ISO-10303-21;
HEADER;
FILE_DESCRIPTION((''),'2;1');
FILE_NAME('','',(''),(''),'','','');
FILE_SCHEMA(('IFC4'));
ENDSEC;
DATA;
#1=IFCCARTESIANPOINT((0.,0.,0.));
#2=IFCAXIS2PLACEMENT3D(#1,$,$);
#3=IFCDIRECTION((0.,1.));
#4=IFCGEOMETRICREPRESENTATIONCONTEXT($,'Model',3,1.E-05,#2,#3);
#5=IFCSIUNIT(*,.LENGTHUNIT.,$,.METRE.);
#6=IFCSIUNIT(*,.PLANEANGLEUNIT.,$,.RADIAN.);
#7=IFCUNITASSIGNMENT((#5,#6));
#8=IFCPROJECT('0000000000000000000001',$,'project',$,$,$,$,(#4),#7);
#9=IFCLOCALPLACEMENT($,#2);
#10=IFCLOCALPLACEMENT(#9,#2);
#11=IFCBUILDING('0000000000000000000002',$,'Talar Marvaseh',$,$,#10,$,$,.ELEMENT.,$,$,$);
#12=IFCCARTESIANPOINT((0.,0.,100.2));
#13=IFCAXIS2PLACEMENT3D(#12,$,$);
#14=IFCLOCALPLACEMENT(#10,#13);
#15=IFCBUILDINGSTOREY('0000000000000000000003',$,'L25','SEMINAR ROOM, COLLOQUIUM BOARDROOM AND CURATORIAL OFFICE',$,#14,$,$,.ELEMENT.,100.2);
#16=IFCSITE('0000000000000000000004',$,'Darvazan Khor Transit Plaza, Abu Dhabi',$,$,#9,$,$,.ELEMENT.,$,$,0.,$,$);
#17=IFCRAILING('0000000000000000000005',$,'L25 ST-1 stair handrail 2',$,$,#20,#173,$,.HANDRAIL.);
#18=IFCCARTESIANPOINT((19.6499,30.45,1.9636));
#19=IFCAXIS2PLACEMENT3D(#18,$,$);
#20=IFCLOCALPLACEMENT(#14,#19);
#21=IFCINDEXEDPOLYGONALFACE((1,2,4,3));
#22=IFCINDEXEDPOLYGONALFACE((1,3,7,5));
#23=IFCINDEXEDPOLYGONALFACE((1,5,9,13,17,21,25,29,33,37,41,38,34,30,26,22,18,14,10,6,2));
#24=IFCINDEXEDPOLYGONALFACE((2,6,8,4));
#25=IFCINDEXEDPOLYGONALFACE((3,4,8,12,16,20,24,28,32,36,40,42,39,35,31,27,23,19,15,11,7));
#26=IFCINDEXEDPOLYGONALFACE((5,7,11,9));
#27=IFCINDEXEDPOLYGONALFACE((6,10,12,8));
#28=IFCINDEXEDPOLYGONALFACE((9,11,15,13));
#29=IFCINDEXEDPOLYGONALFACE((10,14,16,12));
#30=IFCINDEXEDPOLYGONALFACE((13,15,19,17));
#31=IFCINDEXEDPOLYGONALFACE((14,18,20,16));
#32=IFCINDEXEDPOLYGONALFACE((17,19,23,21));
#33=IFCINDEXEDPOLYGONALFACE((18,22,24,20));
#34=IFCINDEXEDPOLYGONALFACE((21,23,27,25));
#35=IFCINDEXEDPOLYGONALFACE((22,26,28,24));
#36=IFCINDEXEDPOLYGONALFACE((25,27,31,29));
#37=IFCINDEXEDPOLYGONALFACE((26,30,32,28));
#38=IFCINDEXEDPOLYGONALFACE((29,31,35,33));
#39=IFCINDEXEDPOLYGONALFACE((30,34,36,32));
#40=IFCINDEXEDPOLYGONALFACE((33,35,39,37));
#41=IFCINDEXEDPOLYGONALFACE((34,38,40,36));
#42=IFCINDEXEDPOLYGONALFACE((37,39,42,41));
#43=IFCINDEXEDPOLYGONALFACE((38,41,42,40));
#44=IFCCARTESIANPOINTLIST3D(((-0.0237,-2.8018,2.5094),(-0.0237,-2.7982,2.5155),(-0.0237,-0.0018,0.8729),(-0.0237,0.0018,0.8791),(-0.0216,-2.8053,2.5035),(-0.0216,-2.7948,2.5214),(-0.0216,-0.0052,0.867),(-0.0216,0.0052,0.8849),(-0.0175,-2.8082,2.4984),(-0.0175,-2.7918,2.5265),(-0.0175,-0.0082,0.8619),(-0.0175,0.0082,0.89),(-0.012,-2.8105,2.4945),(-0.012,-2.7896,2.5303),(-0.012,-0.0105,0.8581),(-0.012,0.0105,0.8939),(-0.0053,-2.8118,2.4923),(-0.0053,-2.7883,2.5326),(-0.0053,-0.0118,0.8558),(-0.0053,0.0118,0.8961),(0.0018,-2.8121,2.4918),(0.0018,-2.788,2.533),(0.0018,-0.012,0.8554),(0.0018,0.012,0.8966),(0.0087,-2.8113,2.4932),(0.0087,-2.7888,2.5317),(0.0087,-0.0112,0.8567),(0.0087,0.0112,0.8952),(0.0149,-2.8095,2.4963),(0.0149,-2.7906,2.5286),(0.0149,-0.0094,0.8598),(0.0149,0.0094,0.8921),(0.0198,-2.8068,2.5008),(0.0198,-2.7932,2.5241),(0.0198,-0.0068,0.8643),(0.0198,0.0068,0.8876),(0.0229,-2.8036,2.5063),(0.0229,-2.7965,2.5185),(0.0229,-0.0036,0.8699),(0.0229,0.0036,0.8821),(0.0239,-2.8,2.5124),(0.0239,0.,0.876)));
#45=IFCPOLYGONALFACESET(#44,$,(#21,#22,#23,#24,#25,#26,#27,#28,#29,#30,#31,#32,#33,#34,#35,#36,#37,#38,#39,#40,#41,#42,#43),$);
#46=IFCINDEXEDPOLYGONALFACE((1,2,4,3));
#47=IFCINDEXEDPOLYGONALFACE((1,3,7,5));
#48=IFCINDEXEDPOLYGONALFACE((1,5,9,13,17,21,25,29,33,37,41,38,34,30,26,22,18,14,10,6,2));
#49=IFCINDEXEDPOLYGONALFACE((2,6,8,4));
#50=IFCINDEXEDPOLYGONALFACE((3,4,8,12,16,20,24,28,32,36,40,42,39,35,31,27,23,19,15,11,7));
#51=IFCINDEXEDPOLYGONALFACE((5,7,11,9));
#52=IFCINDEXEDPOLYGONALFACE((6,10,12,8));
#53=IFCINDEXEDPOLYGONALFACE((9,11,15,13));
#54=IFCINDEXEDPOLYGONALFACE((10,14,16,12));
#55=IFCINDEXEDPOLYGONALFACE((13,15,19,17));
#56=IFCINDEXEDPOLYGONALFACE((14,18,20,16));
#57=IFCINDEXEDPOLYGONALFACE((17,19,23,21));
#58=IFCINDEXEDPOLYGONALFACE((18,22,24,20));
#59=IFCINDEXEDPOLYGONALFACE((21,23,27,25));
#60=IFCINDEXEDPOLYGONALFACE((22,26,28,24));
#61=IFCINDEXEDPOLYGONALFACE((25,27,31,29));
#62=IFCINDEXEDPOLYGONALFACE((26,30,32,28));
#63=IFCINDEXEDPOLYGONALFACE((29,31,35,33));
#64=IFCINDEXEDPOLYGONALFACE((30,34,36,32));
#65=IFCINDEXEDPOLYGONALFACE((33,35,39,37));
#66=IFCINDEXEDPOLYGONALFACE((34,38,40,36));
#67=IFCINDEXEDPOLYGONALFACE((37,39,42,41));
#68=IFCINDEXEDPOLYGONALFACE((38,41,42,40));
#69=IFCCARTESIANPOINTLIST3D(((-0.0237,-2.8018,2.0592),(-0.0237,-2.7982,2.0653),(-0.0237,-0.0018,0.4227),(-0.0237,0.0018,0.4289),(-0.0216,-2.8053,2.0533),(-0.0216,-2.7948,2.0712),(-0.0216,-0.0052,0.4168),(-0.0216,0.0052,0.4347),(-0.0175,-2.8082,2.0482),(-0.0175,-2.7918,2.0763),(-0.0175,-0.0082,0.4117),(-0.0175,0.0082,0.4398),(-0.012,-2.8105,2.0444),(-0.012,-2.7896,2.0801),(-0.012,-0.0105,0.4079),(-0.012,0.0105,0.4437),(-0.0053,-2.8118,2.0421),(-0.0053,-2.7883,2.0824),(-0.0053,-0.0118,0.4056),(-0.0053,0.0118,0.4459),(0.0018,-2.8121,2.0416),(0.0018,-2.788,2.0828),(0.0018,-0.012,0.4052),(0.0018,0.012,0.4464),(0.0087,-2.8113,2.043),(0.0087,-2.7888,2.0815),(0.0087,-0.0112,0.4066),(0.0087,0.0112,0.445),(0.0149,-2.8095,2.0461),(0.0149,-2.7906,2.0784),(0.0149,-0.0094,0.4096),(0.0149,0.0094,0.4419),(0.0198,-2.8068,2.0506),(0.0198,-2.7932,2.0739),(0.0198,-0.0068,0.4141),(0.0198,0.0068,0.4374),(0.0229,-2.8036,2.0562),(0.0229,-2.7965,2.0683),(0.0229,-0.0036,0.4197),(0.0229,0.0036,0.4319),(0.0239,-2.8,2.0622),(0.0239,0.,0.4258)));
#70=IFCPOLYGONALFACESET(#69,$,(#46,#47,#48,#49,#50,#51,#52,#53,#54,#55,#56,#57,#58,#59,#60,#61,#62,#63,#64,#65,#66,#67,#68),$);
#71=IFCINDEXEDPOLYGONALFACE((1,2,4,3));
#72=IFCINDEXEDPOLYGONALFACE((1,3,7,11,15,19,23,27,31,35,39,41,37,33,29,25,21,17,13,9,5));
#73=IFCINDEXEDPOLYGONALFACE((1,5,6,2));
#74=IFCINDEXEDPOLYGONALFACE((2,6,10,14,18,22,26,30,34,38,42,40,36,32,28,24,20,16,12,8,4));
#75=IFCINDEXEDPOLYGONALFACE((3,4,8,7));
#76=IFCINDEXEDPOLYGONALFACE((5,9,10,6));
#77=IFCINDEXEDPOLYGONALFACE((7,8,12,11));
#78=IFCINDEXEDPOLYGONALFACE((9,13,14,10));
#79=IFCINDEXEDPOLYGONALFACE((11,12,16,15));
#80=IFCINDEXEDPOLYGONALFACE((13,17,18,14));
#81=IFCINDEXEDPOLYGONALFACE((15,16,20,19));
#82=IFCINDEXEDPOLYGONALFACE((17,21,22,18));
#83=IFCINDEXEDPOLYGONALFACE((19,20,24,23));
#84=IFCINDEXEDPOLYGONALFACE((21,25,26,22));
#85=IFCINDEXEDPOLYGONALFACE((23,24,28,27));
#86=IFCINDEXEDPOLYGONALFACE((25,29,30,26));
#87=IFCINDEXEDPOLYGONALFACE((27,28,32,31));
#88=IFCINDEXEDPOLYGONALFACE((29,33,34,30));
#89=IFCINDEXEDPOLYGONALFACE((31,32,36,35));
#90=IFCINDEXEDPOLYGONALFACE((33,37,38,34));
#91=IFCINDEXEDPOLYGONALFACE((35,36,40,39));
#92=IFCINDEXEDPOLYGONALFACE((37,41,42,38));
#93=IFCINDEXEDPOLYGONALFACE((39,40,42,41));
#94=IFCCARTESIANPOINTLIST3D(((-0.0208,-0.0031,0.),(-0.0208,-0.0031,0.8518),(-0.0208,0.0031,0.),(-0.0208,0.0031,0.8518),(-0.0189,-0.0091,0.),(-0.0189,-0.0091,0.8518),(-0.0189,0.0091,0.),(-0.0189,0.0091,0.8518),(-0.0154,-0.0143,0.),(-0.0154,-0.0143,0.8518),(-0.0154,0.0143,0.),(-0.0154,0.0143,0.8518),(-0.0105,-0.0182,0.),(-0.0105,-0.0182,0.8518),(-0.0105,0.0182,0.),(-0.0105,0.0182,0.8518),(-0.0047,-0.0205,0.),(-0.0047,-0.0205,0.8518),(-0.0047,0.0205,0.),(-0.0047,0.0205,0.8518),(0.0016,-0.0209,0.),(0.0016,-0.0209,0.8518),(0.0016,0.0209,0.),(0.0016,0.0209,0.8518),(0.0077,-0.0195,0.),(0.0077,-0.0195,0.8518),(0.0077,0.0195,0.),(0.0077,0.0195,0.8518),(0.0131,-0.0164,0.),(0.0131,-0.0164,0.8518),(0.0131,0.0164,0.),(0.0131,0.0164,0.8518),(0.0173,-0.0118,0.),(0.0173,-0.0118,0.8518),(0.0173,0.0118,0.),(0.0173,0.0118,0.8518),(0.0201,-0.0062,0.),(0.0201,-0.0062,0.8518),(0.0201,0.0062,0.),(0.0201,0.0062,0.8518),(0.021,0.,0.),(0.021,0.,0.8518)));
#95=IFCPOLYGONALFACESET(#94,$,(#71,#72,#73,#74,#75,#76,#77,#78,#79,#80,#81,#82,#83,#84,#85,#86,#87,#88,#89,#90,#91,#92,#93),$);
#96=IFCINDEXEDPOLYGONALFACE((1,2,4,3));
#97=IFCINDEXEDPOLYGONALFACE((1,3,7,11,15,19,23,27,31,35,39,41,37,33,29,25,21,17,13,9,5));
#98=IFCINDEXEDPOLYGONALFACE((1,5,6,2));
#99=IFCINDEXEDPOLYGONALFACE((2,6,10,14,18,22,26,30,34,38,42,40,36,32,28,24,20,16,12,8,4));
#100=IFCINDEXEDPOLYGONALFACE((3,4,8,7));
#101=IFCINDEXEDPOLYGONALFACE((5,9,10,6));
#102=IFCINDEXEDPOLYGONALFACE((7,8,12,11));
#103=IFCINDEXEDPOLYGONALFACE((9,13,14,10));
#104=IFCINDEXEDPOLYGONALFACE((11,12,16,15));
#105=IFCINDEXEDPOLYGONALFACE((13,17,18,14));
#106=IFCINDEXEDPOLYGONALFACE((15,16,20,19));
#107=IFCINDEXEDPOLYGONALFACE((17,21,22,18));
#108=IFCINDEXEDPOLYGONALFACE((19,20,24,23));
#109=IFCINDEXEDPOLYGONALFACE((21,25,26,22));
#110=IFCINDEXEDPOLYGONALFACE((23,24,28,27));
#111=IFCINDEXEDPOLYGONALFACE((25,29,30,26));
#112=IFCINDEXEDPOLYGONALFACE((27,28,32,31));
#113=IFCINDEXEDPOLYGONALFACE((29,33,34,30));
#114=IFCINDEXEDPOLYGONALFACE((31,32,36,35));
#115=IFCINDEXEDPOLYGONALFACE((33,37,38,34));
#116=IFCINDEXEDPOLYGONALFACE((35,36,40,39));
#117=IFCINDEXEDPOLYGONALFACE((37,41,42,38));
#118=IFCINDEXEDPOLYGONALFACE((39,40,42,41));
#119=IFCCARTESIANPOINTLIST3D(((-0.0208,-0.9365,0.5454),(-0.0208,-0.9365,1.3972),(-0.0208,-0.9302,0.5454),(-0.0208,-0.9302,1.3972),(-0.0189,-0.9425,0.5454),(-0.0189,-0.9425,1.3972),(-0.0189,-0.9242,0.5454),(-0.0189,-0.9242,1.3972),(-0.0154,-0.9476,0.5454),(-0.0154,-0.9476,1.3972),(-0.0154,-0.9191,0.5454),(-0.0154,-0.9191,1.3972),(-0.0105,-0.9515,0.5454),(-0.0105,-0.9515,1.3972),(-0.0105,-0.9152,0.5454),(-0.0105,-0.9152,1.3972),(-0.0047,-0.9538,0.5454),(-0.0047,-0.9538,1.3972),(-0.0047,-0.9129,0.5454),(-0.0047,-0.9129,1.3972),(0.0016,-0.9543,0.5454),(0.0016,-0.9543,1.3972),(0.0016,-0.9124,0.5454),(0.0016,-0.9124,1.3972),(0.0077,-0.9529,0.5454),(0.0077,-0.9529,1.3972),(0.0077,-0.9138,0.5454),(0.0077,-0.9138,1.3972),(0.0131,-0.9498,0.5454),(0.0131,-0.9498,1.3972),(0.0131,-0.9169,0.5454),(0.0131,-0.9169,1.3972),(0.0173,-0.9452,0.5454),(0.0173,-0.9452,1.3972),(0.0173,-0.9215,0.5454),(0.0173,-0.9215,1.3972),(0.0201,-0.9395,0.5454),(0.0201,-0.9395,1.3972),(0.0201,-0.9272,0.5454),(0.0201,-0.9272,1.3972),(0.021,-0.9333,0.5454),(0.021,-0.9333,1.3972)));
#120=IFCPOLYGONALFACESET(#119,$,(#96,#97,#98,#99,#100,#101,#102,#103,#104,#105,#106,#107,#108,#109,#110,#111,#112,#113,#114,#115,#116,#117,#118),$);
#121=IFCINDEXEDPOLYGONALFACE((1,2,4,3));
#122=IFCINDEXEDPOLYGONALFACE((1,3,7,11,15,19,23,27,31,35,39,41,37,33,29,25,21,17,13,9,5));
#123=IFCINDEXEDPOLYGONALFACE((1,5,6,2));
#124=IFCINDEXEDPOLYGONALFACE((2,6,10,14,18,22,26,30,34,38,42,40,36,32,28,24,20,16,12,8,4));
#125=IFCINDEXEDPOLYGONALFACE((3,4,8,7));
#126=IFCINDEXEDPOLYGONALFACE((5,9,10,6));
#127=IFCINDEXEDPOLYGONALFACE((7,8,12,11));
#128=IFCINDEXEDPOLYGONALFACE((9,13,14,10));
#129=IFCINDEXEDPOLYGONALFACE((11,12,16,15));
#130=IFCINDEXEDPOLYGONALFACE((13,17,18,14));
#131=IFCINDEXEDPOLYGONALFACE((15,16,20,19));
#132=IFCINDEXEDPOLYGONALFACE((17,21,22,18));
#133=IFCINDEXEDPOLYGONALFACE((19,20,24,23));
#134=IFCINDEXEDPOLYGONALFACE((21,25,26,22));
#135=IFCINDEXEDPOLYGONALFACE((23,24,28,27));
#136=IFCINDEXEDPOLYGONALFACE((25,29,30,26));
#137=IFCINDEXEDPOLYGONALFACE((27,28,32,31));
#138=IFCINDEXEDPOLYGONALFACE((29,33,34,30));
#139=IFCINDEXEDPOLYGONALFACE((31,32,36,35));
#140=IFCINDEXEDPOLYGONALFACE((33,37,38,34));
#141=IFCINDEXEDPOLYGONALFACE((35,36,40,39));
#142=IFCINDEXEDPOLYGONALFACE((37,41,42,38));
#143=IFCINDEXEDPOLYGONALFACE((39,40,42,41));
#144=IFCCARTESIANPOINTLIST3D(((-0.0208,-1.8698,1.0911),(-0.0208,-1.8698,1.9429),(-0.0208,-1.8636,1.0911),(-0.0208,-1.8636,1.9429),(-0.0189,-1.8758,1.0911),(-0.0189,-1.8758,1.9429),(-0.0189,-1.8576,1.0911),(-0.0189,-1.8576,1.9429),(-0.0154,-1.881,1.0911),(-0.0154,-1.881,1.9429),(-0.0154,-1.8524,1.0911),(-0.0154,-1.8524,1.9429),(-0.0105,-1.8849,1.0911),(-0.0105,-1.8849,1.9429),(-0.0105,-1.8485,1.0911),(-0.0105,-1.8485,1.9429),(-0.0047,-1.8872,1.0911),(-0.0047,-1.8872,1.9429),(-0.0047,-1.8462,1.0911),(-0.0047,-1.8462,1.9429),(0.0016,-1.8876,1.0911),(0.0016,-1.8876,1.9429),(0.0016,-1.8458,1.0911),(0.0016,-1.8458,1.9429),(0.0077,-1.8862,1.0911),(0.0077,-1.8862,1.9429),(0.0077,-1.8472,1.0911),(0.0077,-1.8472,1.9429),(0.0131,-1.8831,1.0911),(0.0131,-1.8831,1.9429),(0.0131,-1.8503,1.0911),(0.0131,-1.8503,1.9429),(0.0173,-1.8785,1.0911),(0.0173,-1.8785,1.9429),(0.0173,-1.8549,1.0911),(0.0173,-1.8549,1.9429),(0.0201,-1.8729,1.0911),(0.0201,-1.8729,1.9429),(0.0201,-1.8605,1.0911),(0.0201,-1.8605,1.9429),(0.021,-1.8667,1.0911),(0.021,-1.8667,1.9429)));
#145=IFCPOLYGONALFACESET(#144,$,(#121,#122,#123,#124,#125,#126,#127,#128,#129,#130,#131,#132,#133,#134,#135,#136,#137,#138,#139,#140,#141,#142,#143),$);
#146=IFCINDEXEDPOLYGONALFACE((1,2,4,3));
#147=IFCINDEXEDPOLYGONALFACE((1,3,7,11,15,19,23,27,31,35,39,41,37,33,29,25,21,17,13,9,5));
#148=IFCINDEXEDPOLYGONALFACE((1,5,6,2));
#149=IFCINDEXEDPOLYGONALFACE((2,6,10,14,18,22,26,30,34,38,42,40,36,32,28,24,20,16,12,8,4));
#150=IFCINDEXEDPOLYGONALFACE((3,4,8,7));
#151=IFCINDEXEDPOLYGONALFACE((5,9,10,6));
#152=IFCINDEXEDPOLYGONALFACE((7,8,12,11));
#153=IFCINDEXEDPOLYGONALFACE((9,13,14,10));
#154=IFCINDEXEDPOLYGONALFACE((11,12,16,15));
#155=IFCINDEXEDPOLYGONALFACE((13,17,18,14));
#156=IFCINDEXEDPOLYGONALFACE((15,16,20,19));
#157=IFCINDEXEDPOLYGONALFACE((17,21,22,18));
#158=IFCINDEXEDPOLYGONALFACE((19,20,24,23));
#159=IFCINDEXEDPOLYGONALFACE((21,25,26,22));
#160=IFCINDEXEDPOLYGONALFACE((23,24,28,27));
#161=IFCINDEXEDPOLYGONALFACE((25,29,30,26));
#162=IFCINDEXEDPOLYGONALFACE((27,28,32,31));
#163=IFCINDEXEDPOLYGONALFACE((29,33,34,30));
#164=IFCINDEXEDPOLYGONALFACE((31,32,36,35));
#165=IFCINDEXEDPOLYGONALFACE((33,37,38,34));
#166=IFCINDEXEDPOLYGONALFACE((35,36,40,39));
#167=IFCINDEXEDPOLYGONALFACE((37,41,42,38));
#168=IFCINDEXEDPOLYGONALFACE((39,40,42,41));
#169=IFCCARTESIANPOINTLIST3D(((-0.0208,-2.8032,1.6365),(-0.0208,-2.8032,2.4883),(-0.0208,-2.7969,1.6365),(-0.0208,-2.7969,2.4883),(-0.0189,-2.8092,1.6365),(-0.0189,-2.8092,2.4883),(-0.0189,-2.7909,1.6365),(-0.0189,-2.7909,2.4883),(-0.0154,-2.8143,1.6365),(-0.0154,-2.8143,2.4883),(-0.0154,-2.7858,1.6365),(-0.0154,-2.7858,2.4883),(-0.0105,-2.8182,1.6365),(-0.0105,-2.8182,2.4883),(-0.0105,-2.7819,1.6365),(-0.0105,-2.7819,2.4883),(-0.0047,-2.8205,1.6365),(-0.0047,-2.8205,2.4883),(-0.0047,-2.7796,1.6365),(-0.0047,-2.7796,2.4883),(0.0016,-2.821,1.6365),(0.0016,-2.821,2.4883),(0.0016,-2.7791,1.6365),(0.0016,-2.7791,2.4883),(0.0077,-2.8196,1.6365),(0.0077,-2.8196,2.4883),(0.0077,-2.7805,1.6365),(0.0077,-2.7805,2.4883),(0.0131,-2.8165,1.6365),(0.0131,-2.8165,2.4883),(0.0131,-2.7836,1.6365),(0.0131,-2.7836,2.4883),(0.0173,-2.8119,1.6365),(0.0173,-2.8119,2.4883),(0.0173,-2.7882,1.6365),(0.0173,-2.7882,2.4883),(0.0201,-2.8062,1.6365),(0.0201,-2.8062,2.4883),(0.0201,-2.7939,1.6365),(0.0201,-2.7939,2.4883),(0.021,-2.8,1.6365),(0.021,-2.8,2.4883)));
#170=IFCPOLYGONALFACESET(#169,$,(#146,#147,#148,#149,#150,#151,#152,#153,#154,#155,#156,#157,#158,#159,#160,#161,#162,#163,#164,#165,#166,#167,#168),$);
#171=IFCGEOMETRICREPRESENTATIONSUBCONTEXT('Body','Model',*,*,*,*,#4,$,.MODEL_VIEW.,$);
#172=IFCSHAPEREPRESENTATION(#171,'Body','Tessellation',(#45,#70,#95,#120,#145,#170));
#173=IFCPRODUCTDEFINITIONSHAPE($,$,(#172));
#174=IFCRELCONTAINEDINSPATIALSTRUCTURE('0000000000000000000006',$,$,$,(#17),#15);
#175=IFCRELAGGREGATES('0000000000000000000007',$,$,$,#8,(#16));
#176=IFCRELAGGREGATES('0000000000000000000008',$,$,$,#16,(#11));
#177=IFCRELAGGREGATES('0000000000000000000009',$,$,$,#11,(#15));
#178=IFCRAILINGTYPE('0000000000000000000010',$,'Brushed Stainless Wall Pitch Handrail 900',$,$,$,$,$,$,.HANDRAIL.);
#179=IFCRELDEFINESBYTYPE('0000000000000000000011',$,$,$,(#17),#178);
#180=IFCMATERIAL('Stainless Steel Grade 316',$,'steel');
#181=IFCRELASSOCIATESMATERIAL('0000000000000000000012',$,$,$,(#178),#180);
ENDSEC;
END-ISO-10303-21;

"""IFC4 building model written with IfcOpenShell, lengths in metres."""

from ifc_helpers import new_model, si_unit, direction, frame, origin, origin_2d, place, context, subcontext, project, spatial, circle, extrude, material, type_object, element, save


model = new_model("IFC4")

# Units and contexts
model_context = context("Model", 3, precision=1e-05, world=origin(), true_north=direction((0.0, 1.0)))
body_context = subcontext(model_context, "Body", "Model", "MODEL_VIEW")
ifc_project = project(units=[si_unit("LENGTHUNIT", "METRE"), si_unit("PLANEANGLEUNIT", "RADIAN")], contexts=[model_context])

# Site, building, storey
site_placement = place(None, origin())
site = spatial("IfcSite", under=ifc_project, at=site_placement, Name="Darvazan Khor Transit Plaza, Abu Dhabi", CompositionType="ELEMENT", RefElevation=0.0)
building_placement = place(site_placement, origin())
building = spatial("IfcBuilding", under=site, at=building_placement, Name="Talar Marvaseh", CompositionType="ELEMENT")
storey_placement = place(building_placement, frame((0.0, 0.0, 100.2)))
storey = spatial("IfcBuildingStorey", under=building, at=storey_placement, Name="L25", Description="SEMINAR ROOM, COLLOQUIUM BOARDROOM AND CURATORIAL OFFICE", CompositionType="ELEMENT", Elevation=100.2)

# Railing
ifc_material_1 = material(Name="Stainless Steel Grade 316", Category="steel")
railing_type_1 = type_object("IfcRailingType", Name="Brushed Stainless Wall Pitch Handrail 900", PredefinedType="HANDRAIL", material=ifc_material_1)
railing_1_placement = place(storey_placement, frame((19.6499, 30.45, 1.9636)))
element("IfcRailing", 1, at=railing_1_placement, inside=storey, type_object=railing_type_1, Name="L25 ST-1 stair handrail 2", PredefinedType="HANDRAIL", context=body_context, shape_type="SweptSolid", body=[
    extrude(circle(Radius=0.0239, at=origin_2d()), frame((0.0, 0.0, 0.876), z_axis=(0.0, -0.863361, 0.504587), x_axis=(1.0, 0.0, 0.0)), (0.0, 0.0, 1.0), 3.2432),
    extrude(circle(Radius=0.0239, at=origin_2d()), frame((0.0, 0.0, 0.4258), z_axis=(0.0, -0.863361, 0.504587), x_axis=(1.0, 0.0, 0.0)), (0.0, 0.0, 1.0), 3.2432),
    extrude(circle(Radius=0.021, at=origin_2d()), origin(), (0.0, 0.0, 1.0), 0.8518),
    extrude(circle(Radius=0.021, at=origin_2d()), frame((0.0, -0.9333, 0.5454)), (0.0, 0.0, 1.0), 0.8518),
    extrude(circle(Radius=0.021, at=origin_2d()), frame((0.0, -1.8667, 1.0911)), (0.0, 0.0, 1.0), 0.8518),
    extrude(circle(Radius=0.021, at=origin_2d()), frame((0.0, -2.8, 1.6365)), (0.0, 0.0, 1.0), 0.8518),
])

save(model, "model.ifc")
